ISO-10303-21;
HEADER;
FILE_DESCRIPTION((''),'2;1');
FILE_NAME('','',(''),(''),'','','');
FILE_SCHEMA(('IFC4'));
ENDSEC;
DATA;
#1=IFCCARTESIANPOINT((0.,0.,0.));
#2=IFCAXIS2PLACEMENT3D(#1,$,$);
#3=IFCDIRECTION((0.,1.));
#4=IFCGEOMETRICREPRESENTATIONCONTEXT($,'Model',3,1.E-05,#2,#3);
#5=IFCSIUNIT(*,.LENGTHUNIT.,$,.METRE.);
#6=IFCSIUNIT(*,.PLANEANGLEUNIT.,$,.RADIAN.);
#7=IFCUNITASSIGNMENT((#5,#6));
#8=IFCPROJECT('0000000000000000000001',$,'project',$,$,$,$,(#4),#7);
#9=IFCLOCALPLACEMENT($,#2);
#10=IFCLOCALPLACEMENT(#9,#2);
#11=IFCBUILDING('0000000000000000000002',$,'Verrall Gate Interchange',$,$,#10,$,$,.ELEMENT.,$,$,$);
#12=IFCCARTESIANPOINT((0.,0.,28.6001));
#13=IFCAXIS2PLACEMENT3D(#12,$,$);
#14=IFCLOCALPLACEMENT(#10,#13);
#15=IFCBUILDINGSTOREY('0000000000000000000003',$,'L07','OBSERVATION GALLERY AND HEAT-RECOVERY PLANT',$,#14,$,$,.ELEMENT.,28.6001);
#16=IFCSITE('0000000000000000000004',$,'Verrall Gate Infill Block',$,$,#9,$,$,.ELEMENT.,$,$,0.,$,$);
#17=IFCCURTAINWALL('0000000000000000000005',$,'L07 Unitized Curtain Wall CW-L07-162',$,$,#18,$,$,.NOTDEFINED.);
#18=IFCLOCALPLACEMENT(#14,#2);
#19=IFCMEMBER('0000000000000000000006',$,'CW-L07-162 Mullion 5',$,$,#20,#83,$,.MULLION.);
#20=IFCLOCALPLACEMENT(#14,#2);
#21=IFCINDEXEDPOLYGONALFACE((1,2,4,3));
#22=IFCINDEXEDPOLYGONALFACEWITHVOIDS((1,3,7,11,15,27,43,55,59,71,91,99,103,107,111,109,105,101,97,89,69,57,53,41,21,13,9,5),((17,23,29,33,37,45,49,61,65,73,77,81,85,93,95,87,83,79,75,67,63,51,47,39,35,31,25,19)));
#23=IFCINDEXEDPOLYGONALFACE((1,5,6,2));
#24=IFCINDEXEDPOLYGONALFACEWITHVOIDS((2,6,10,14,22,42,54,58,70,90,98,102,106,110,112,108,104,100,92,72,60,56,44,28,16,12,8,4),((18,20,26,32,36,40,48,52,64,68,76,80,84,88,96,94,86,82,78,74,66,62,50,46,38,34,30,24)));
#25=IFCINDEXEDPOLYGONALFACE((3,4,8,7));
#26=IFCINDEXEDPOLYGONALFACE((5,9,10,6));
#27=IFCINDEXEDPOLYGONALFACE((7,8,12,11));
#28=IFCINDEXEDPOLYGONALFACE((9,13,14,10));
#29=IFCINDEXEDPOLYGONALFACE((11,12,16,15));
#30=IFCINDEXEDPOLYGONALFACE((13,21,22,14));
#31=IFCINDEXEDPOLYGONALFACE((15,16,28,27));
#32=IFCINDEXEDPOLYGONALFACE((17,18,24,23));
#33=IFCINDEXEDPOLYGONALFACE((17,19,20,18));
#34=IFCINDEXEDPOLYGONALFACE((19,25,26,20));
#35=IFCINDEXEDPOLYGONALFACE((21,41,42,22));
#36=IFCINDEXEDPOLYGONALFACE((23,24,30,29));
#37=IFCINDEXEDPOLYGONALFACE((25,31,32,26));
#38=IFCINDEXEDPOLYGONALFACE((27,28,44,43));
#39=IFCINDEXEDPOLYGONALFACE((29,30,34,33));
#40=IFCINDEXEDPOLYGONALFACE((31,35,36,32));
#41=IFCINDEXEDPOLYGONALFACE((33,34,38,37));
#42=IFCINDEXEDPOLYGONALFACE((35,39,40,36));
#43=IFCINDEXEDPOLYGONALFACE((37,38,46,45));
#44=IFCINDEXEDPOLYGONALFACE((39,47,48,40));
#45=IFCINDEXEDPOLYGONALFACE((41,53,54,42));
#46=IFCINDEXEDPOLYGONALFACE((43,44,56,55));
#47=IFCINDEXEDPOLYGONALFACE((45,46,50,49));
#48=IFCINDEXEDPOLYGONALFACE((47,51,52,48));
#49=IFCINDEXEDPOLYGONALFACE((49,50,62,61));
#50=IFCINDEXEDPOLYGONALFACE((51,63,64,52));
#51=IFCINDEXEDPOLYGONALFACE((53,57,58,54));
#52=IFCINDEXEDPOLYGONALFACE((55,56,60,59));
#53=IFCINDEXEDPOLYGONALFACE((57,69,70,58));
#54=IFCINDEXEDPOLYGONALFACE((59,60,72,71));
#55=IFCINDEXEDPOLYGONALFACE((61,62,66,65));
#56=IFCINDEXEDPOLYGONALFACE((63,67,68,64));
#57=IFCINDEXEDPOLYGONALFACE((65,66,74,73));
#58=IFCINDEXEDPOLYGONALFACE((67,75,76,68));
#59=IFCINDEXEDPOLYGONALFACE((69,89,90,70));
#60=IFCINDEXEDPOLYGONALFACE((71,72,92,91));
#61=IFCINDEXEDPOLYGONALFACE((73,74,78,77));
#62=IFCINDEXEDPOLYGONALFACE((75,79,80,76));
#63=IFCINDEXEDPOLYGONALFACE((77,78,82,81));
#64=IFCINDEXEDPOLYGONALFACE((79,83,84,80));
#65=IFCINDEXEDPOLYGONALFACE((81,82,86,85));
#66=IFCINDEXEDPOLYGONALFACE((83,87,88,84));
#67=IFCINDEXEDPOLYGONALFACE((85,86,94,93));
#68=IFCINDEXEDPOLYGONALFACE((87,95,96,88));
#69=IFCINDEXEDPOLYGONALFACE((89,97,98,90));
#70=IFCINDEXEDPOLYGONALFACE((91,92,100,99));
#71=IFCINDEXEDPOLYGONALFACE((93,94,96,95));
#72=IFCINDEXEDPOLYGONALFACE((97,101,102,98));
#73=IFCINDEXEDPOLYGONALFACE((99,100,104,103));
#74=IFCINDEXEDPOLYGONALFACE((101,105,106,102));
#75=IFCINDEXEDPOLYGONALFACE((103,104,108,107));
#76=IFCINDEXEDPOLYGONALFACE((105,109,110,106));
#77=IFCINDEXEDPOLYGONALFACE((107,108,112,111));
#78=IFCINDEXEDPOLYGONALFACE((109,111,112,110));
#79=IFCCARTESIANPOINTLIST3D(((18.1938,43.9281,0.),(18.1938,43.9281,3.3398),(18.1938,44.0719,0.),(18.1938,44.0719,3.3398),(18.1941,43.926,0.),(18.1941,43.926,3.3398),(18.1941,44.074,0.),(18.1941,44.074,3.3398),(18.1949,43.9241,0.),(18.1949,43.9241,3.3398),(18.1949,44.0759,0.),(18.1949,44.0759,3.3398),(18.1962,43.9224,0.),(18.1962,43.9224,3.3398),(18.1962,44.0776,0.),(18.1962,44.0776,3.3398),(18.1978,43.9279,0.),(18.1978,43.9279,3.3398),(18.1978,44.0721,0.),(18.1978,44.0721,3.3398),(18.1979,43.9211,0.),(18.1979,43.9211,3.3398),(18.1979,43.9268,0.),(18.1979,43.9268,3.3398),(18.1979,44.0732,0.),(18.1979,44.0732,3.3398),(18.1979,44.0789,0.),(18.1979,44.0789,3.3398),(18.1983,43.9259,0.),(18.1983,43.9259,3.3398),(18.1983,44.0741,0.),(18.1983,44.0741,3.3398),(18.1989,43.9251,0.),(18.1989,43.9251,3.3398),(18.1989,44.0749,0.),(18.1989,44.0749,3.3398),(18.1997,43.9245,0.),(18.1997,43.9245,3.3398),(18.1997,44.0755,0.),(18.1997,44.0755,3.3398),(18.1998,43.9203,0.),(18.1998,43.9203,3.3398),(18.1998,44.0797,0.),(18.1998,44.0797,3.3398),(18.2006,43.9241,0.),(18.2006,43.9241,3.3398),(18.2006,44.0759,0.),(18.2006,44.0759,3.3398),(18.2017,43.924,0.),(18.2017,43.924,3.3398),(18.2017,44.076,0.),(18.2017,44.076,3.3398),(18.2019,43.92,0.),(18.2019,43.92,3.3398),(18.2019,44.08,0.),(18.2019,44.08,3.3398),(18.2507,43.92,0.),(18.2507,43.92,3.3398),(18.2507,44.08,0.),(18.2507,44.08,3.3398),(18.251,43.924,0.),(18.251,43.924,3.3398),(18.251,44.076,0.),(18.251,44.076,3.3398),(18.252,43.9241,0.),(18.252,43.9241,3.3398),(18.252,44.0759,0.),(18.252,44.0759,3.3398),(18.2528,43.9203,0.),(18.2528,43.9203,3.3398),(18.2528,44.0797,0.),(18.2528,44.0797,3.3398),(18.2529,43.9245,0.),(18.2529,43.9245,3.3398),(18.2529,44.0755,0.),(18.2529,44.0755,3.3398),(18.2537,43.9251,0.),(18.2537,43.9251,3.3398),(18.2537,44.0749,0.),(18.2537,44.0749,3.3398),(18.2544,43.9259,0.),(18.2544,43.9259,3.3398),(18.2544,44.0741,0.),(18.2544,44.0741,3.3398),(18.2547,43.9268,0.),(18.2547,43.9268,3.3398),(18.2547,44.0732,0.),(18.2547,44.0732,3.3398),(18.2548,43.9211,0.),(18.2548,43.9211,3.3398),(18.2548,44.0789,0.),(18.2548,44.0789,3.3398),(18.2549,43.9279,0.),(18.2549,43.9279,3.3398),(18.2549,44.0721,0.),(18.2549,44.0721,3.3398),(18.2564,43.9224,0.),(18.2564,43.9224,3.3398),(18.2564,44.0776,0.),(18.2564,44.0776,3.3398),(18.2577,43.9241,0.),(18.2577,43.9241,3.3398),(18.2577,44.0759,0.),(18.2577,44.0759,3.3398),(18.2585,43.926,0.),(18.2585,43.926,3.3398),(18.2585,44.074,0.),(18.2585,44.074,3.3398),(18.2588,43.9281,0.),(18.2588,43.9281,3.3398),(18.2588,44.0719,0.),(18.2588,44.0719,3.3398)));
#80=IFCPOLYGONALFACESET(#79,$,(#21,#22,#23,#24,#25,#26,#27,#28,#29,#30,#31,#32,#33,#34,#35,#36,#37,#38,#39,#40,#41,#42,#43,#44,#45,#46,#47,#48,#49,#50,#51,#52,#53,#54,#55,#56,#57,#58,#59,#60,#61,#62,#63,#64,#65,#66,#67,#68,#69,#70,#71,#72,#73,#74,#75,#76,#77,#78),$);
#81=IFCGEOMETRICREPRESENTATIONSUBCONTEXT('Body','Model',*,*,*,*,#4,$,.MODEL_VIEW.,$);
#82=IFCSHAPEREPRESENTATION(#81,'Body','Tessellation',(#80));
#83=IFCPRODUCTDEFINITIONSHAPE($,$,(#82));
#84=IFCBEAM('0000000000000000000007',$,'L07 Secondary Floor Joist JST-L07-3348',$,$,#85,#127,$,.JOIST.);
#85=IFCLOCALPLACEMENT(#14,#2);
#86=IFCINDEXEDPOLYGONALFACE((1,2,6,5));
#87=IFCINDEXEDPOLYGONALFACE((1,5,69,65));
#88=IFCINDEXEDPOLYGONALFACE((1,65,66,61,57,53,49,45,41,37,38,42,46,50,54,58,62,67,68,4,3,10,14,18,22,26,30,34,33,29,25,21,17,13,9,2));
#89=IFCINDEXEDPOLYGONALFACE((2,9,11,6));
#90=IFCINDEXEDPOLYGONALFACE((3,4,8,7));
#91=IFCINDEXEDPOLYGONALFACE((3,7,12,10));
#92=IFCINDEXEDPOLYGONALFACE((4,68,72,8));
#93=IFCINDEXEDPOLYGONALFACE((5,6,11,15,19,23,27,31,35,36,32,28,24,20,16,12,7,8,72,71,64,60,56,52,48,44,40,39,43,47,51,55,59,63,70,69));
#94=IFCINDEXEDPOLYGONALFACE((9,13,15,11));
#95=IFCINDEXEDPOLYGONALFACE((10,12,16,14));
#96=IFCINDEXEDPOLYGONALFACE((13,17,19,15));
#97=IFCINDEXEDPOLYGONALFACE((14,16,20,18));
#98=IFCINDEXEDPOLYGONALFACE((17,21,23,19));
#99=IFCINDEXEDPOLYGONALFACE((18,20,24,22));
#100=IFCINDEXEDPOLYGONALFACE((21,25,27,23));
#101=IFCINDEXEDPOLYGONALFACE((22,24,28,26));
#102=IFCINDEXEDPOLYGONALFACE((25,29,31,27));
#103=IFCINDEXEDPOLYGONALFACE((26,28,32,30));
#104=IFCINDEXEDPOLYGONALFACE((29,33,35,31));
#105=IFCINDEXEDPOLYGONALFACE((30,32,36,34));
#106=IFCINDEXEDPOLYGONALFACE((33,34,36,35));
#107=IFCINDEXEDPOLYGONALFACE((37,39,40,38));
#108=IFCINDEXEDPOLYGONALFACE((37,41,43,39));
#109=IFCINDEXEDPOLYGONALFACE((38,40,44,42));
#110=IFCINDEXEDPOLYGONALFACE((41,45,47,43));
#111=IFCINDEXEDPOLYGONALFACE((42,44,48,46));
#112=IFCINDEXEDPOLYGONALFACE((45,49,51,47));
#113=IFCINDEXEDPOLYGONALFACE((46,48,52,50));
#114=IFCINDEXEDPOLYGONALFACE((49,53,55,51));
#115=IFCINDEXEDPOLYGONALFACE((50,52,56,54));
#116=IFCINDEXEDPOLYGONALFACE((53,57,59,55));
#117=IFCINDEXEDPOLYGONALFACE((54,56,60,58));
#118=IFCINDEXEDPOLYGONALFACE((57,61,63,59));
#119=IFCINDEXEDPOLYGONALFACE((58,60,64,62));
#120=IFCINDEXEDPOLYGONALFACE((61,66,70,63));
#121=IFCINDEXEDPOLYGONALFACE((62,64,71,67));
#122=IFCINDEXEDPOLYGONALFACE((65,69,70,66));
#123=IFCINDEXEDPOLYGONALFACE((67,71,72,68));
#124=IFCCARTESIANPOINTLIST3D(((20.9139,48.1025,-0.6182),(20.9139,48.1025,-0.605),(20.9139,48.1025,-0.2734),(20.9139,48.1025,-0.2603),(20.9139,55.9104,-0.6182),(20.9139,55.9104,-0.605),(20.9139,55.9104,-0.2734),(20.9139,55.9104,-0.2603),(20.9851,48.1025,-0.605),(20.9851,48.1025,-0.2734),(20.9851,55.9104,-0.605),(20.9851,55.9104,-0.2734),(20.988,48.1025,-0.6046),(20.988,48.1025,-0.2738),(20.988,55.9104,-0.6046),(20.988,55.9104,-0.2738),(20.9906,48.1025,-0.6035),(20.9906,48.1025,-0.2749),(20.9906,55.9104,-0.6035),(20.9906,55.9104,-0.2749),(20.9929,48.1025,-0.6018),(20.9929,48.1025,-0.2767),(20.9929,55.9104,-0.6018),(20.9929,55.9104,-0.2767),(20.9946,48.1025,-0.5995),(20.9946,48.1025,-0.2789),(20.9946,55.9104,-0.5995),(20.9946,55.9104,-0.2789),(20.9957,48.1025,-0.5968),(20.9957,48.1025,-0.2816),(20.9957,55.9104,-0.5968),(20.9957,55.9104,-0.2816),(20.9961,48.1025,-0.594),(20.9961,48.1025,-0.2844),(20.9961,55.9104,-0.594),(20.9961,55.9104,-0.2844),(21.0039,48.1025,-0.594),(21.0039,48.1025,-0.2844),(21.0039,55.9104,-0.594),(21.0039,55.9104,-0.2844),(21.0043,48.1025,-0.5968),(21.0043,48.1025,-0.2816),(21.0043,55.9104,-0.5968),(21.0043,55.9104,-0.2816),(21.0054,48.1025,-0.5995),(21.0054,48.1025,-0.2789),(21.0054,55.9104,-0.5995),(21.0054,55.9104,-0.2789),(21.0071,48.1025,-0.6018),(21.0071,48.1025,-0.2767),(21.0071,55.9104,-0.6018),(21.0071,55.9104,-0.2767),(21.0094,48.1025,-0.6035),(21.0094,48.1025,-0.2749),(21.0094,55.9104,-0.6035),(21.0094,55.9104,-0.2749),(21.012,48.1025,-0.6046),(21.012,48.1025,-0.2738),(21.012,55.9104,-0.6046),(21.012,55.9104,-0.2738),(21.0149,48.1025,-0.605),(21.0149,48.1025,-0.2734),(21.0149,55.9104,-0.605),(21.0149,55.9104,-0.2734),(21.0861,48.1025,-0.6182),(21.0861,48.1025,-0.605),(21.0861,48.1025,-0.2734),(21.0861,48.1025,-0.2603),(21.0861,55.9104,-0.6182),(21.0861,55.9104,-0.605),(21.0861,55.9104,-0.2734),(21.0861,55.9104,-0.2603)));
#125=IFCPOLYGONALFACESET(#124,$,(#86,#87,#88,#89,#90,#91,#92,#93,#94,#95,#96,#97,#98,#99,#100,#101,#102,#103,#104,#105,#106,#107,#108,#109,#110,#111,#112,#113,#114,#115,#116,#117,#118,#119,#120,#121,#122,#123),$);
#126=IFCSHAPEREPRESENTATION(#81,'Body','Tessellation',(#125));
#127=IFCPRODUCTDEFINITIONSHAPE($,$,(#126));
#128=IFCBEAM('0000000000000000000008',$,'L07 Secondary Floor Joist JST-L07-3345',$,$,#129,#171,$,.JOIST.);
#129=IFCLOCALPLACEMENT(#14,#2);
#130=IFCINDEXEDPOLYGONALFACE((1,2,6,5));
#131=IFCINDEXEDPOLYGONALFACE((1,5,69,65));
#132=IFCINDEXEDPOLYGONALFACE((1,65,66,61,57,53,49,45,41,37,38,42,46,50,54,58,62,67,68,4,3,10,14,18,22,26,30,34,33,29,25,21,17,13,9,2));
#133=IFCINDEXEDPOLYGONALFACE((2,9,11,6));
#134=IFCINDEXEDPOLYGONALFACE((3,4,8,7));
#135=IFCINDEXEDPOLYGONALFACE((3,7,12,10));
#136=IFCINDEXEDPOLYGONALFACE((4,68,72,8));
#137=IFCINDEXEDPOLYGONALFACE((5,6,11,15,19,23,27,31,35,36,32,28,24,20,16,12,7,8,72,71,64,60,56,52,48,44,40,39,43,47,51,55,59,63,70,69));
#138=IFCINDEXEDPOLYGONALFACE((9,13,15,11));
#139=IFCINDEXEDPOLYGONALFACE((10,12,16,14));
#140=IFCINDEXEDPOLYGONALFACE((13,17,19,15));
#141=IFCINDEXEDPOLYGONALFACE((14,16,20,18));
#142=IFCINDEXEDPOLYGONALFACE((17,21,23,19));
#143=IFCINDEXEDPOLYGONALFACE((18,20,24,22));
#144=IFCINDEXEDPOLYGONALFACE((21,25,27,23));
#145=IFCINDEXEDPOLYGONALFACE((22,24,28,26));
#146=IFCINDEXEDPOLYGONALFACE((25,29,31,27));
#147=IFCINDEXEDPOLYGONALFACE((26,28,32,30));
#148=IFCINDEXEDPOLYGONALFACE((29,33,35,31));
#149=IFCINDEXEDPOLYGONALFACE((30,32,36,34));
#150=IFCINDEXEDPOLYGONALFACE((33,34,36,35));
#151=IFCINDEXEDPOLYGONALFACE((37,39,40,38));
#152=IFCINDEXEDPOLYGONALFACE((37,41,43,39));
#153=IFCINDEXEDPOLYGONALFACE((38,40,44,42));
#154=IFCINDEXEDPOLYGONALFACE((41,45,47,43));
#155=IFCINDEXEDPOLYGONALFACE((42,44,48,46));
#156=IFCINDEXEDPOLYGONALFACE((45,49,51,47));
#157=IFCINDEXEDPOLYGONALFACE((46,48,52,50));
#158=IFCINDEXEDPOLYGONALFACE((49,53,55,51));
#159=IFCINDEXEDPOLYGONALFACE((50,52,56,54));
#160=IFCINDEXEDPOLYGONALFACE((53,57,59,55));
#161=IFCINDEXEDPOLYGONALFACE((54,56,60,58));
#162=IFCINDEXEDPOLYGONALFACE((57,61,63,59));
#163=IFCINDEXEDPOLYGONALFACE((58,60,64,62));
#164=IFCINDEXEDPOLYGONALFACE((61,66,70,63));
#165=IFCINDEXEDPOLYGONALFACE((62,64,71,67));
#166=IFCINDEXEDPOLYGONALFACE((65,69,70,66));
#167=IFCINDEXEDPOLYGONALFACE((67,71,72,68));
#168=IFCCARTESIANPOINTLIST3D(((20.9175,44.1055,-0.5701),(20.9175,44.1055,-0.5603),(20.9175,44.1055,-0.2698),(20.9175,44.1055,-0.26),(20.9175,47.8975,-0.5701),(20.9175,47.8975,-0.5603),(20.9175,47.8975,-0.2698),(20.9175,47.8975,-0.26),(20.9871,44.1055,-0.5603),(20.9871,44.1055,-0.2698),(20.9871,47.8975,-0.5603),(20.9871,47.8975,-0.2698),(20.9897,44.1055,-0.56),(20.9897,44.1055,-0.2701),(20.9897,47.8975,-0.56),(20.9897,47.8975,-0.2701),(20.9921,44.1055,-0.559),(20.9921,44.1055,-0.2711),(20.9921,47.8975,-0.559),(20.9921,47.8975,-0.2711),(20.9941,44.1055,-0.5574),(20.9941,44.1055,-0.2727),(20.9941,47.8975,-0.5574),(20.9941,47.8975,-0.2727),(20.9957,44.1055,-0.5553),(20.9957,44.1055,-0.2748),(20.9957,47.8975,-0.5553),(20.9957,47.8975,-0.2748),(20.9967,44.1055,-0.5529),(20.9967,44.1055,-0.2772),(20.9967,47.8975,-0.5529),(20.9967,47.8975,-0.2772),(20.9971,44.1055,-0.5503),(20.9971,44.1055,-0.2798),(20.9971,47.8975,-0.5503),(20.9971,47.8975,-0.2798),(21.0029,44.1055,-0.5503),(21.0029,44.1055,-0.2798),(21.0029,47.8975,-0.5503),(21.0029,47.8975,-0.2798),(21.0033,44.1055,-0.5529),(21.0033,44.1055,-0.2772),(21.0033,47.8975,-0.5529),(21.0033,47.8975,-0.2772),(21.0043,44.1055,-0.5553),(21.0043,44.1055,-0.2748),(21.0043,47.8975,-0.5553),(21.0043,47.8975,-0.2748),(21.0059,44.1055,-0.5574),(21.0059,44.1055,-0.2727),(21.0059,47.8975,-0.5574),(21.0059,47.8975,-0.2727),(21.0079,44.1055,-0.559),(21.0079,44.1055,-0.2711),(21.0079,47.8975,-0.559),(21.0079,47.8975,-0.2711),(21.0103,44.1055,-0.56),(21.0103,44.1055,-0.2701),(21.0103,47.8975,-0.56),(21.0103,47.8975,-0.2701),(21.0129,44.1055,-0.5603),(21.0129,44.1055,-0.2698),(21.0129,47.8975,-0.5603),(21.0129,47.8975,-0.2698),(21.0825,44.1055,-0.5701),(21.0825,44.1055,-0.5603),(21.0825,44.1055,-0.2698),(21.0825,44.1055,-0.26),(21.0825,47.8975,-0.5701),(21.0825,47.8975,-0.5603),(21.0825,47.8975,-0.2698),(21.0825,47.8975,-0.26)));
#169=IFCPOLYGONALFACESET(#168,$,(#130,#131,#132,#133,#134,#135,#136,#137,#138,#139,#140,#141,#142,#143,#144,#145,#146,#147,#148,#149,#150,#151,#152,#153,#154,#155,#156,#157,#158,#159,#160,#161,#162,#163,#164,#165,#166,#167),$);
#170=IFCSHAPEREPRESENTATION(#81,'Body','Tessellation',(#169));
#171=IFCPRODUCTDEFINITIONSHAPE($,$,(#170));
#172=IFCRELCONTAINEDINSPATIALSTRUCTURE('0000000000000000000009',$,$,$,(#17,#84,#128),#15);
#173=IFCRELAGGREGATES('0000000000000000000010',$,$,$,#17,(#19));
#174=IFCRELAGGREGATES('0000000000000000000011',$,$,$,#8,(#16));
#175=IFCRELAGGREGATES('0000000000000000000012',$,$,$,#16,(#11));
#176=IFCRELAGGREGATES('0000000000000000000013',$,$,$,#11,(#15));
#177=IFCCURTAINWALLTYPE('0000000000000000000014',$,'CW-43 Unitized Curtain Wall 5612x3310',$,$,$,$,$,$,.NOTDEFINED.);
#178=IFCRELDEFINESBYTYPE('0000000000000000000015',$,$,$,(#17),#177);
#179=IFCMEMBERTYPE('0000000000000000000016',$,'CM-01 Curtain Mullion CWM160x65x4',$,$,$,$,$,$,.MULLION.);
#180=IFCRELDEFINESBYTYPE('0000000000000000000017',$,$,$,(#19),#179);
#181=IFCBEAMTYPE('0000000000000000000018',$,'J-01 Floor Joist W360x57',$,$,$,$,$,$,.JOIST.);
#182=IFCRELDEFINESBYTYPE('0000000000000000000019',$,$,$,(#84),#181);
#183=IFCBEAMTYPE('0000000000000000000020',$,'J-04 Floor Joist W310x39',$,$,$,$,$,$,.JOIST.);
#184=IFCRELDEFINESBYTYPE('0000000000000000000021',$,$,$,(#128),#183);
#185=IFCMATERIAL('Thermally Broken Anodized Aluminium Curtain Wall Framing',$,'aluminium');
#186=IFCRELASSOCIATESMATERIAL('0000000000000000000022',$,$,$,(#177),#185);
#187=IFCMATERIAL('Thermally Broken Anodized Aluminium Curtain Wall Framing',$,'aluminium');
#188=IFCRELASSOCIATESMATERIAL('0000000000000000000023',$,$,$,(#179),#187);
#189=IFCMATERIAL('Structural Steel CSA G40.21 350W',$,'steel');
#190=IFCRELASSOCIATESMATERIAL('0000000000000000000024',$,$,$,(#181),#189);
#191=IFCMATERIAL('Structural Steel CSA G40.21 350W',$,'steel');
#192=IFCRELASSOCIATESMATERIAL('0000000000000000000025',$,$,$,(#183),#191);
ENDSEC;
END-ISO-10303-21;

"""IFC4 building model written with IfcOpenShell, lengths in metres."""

from ifc_helpers import new_model, si_unit, direction, frame, origin, origin_2d, place, context, subcontext, project, spatial, hollow_rectangle, i_section, extrude, material, material_profile, profile_set, type_object, element, aggregate, save


model = new_model("IFC4")

# Units and contexts
model_context = context("Model", 3, precision=1e-05, world=origin(), true_north=direction((0.0, 1.0)))
body_context = subcontext(model_context, "Body", "Model", "MODEL_VIEW")
ifc_project = project(units=[si_unit("LENGTHUNIT", "METRE"), si_unit("PLANEANGLEUNIT", "RADIAN")], contexts=[model_context])

# Site, building, storey
site_placement = place(None, origin())
site = spatial("IfcSite", under=ifc_project, at=site_placement, Name="Verrall Gate Infill Block", CompositionType="ELEMENT", RefElevation=0.0)
building_placement = place(site_placement, origin())
building = spatial("IfcBuilding", under=site, at=building_placement, Name="Verrall Gate Interchange", CompositionType="ELEMENT")
storey_placement = place(building_placement, frame((0.0, 0.0, 28.6001)))
storey = spatial("IfcBuildingStorey", under=building, at=storey_placement, Name="L07", Description="OBSERVATION GALLERY AND HEAT-RECOVERY PLANT", CompositionType="ELEMENT", Elevation=28.6001)

# Curtain wall, member
ifc_material_1 = material(Name="Thermally Broken Anodized Aluminium Curtain Wall Framing", Category="aluminium")
curtain_wall_type = type_object("IfcCurtainWallType", Name="CW-43 Unitized Curtain Wall 5612x3310", PredefinedType="NOTDEFINED", material=ifc_material_1)
curtain_wall_placement = place(storey_placement, origin())
curtain_wall = element("IfcCurtainWall", 1, at=curtain_wall_placement, inside=storey, type_object=curtain_wall_type, Name="L07 Unitized Curtain Wall CW-L07-162", PredefinedType="NOTDEFINED")
ifc_material_2 = material(Name="Thermally Broken Anodized Aluminium Curtain Wall Framing", Category="aluminium")
ifc_material_profile_1 = material_profile(ifc_material_2, hollow_rectangle(XDim=0.0649, YDim=0.1599, WallThickness=0.0039, InnerFilletRadius=0.0039, OuterFilletRadius=0.0081, at=origin_2d()), Name="CWM160x65x4")
ifc_profile_set_1 = profile_set([ifc_material_profile_1], Name="Thermally Broken Anodized Aluminium Curtain Wall Framing")
member_type = type_object("IfcMemberType", Name="CM-01 Curtain Mullion CWM160x65x4", PredefinedType="MULLION", material=ifc_profile_set_1)
member_1_placement = place(storey_placement, frame((18.2263, 44.0, 0.0), z_axis=(0.0, 0.0, 1.0), x_axis=(-1.0, 0.0, 0.0)))
member_1 = element("IfcMember", 2, at=member_1_placement, type_object=member_type, Name="CW-L07-162 Mullion 5", PredefinedType="MULLION", context=body_context, shape_type="SweptSolid", body=[
    extrude(hollow_rectangle(XDim=0.0649, YDim=0.1599, WallThickness=0.0039, InnerFilletRadius=0.0039, OuterFilletRadius=0.0081, at=origin_2d()), origin(), (0.0, 0.0, 1.0), 3.3398),
])

# Beams
ifc_material_3 = material(Name="Structural Steel CSA G40.21 350W", Category="steel")
ifc_material_profile_2 = material_profile(ifc_material_3, i_section(OverallWidth=0.1721, OverallDepth=0.3579, WebThickness=0.0078, FlangeThickness=0.0132, FilletRadius=0.011, at=origin_2d()), Name="W360x57")
ifc_profile_set_2 = profile_set([ifc_material_profile_2], Name="Structural Steel CSA G40.21 350W")
beam_type_1 = type_object("IfcBeamType", Name="J-01 Floor Joist W360x57", PredefinedType="JOIST", material=ifc_profile_set_2)
beam_1_placement = place(storey_placement, frame((21.0, 48.1025, -0.4392), z_axis=(0.0, 1.0, 0.0), x_axis=(-1.0, 0.0, 0.0)))
element("IfcBeam", 3, at=beam_1_placement, inside=storey, type_object=beam_type_1, Name="L07 Secondary Floor Joist JST-L07-3348", PredefinedType="JOIST", context=body_context, shape_type="SweptSolid", body=[
    extrude(i_section(OverallWidth=0.1721, OverallDepth=0.3579, WebThickness=0.0078, FlangeThickness=0.0132, FilletRadius=0.011, at=origin_2d()), origin(), (0.0, 0.0, 1.0), 7.8079),
])
ifc_material_4 = material(Name="Structural Steel CSA G40.21 350W", Category="steel")
ifc_material_profile_3 = material_profile(ifc_material_4, i_section(OverallWidth=0.165, OverallDepth=0.3101, WebThickness=0.0059, FlangeThickness=0.0098, FilletRadius=0.01, at=origin_2d()), Name="W310x39")
ifc_profile_set_3 = profile_set([ifc_material_profile_3], Name="Structural Steel CSA G40.21 350W")
beam_type_2 = type_object("IfcBeamType", Name="J-04 Floor Joist W310x39", PredefinedType="JOIST", material=ifc_profile_set_3)
beam_2_placement = place(storey_placement, frame((21.0, 44.1055, -0.415), z_axis=(0.0, 1.0, 0.0), x_axis=(-1.0, 0.0, 0.0)))
element("IfcBeam", 4, at=beam_2_placement, inside=storey, type_object=beam_type_2, Name="L07 Secondary Floor Joist JST-L07-3345", PredefinedType="JOIST", context=body_context, shape_type="SweptSolid", body=[
    extrude(i_section(OverallWidth=0.165, OverallDepth=0.3101, WebThickness=0.0059, FlangeThickness=0.0098, FilletRadius=0.01, at=origin_2d()), origin(), (0.0, 0.0, 1.0), 3.792),
])

aggregate(curtain_wall, [member_1])

save(model, "model.ifc")
